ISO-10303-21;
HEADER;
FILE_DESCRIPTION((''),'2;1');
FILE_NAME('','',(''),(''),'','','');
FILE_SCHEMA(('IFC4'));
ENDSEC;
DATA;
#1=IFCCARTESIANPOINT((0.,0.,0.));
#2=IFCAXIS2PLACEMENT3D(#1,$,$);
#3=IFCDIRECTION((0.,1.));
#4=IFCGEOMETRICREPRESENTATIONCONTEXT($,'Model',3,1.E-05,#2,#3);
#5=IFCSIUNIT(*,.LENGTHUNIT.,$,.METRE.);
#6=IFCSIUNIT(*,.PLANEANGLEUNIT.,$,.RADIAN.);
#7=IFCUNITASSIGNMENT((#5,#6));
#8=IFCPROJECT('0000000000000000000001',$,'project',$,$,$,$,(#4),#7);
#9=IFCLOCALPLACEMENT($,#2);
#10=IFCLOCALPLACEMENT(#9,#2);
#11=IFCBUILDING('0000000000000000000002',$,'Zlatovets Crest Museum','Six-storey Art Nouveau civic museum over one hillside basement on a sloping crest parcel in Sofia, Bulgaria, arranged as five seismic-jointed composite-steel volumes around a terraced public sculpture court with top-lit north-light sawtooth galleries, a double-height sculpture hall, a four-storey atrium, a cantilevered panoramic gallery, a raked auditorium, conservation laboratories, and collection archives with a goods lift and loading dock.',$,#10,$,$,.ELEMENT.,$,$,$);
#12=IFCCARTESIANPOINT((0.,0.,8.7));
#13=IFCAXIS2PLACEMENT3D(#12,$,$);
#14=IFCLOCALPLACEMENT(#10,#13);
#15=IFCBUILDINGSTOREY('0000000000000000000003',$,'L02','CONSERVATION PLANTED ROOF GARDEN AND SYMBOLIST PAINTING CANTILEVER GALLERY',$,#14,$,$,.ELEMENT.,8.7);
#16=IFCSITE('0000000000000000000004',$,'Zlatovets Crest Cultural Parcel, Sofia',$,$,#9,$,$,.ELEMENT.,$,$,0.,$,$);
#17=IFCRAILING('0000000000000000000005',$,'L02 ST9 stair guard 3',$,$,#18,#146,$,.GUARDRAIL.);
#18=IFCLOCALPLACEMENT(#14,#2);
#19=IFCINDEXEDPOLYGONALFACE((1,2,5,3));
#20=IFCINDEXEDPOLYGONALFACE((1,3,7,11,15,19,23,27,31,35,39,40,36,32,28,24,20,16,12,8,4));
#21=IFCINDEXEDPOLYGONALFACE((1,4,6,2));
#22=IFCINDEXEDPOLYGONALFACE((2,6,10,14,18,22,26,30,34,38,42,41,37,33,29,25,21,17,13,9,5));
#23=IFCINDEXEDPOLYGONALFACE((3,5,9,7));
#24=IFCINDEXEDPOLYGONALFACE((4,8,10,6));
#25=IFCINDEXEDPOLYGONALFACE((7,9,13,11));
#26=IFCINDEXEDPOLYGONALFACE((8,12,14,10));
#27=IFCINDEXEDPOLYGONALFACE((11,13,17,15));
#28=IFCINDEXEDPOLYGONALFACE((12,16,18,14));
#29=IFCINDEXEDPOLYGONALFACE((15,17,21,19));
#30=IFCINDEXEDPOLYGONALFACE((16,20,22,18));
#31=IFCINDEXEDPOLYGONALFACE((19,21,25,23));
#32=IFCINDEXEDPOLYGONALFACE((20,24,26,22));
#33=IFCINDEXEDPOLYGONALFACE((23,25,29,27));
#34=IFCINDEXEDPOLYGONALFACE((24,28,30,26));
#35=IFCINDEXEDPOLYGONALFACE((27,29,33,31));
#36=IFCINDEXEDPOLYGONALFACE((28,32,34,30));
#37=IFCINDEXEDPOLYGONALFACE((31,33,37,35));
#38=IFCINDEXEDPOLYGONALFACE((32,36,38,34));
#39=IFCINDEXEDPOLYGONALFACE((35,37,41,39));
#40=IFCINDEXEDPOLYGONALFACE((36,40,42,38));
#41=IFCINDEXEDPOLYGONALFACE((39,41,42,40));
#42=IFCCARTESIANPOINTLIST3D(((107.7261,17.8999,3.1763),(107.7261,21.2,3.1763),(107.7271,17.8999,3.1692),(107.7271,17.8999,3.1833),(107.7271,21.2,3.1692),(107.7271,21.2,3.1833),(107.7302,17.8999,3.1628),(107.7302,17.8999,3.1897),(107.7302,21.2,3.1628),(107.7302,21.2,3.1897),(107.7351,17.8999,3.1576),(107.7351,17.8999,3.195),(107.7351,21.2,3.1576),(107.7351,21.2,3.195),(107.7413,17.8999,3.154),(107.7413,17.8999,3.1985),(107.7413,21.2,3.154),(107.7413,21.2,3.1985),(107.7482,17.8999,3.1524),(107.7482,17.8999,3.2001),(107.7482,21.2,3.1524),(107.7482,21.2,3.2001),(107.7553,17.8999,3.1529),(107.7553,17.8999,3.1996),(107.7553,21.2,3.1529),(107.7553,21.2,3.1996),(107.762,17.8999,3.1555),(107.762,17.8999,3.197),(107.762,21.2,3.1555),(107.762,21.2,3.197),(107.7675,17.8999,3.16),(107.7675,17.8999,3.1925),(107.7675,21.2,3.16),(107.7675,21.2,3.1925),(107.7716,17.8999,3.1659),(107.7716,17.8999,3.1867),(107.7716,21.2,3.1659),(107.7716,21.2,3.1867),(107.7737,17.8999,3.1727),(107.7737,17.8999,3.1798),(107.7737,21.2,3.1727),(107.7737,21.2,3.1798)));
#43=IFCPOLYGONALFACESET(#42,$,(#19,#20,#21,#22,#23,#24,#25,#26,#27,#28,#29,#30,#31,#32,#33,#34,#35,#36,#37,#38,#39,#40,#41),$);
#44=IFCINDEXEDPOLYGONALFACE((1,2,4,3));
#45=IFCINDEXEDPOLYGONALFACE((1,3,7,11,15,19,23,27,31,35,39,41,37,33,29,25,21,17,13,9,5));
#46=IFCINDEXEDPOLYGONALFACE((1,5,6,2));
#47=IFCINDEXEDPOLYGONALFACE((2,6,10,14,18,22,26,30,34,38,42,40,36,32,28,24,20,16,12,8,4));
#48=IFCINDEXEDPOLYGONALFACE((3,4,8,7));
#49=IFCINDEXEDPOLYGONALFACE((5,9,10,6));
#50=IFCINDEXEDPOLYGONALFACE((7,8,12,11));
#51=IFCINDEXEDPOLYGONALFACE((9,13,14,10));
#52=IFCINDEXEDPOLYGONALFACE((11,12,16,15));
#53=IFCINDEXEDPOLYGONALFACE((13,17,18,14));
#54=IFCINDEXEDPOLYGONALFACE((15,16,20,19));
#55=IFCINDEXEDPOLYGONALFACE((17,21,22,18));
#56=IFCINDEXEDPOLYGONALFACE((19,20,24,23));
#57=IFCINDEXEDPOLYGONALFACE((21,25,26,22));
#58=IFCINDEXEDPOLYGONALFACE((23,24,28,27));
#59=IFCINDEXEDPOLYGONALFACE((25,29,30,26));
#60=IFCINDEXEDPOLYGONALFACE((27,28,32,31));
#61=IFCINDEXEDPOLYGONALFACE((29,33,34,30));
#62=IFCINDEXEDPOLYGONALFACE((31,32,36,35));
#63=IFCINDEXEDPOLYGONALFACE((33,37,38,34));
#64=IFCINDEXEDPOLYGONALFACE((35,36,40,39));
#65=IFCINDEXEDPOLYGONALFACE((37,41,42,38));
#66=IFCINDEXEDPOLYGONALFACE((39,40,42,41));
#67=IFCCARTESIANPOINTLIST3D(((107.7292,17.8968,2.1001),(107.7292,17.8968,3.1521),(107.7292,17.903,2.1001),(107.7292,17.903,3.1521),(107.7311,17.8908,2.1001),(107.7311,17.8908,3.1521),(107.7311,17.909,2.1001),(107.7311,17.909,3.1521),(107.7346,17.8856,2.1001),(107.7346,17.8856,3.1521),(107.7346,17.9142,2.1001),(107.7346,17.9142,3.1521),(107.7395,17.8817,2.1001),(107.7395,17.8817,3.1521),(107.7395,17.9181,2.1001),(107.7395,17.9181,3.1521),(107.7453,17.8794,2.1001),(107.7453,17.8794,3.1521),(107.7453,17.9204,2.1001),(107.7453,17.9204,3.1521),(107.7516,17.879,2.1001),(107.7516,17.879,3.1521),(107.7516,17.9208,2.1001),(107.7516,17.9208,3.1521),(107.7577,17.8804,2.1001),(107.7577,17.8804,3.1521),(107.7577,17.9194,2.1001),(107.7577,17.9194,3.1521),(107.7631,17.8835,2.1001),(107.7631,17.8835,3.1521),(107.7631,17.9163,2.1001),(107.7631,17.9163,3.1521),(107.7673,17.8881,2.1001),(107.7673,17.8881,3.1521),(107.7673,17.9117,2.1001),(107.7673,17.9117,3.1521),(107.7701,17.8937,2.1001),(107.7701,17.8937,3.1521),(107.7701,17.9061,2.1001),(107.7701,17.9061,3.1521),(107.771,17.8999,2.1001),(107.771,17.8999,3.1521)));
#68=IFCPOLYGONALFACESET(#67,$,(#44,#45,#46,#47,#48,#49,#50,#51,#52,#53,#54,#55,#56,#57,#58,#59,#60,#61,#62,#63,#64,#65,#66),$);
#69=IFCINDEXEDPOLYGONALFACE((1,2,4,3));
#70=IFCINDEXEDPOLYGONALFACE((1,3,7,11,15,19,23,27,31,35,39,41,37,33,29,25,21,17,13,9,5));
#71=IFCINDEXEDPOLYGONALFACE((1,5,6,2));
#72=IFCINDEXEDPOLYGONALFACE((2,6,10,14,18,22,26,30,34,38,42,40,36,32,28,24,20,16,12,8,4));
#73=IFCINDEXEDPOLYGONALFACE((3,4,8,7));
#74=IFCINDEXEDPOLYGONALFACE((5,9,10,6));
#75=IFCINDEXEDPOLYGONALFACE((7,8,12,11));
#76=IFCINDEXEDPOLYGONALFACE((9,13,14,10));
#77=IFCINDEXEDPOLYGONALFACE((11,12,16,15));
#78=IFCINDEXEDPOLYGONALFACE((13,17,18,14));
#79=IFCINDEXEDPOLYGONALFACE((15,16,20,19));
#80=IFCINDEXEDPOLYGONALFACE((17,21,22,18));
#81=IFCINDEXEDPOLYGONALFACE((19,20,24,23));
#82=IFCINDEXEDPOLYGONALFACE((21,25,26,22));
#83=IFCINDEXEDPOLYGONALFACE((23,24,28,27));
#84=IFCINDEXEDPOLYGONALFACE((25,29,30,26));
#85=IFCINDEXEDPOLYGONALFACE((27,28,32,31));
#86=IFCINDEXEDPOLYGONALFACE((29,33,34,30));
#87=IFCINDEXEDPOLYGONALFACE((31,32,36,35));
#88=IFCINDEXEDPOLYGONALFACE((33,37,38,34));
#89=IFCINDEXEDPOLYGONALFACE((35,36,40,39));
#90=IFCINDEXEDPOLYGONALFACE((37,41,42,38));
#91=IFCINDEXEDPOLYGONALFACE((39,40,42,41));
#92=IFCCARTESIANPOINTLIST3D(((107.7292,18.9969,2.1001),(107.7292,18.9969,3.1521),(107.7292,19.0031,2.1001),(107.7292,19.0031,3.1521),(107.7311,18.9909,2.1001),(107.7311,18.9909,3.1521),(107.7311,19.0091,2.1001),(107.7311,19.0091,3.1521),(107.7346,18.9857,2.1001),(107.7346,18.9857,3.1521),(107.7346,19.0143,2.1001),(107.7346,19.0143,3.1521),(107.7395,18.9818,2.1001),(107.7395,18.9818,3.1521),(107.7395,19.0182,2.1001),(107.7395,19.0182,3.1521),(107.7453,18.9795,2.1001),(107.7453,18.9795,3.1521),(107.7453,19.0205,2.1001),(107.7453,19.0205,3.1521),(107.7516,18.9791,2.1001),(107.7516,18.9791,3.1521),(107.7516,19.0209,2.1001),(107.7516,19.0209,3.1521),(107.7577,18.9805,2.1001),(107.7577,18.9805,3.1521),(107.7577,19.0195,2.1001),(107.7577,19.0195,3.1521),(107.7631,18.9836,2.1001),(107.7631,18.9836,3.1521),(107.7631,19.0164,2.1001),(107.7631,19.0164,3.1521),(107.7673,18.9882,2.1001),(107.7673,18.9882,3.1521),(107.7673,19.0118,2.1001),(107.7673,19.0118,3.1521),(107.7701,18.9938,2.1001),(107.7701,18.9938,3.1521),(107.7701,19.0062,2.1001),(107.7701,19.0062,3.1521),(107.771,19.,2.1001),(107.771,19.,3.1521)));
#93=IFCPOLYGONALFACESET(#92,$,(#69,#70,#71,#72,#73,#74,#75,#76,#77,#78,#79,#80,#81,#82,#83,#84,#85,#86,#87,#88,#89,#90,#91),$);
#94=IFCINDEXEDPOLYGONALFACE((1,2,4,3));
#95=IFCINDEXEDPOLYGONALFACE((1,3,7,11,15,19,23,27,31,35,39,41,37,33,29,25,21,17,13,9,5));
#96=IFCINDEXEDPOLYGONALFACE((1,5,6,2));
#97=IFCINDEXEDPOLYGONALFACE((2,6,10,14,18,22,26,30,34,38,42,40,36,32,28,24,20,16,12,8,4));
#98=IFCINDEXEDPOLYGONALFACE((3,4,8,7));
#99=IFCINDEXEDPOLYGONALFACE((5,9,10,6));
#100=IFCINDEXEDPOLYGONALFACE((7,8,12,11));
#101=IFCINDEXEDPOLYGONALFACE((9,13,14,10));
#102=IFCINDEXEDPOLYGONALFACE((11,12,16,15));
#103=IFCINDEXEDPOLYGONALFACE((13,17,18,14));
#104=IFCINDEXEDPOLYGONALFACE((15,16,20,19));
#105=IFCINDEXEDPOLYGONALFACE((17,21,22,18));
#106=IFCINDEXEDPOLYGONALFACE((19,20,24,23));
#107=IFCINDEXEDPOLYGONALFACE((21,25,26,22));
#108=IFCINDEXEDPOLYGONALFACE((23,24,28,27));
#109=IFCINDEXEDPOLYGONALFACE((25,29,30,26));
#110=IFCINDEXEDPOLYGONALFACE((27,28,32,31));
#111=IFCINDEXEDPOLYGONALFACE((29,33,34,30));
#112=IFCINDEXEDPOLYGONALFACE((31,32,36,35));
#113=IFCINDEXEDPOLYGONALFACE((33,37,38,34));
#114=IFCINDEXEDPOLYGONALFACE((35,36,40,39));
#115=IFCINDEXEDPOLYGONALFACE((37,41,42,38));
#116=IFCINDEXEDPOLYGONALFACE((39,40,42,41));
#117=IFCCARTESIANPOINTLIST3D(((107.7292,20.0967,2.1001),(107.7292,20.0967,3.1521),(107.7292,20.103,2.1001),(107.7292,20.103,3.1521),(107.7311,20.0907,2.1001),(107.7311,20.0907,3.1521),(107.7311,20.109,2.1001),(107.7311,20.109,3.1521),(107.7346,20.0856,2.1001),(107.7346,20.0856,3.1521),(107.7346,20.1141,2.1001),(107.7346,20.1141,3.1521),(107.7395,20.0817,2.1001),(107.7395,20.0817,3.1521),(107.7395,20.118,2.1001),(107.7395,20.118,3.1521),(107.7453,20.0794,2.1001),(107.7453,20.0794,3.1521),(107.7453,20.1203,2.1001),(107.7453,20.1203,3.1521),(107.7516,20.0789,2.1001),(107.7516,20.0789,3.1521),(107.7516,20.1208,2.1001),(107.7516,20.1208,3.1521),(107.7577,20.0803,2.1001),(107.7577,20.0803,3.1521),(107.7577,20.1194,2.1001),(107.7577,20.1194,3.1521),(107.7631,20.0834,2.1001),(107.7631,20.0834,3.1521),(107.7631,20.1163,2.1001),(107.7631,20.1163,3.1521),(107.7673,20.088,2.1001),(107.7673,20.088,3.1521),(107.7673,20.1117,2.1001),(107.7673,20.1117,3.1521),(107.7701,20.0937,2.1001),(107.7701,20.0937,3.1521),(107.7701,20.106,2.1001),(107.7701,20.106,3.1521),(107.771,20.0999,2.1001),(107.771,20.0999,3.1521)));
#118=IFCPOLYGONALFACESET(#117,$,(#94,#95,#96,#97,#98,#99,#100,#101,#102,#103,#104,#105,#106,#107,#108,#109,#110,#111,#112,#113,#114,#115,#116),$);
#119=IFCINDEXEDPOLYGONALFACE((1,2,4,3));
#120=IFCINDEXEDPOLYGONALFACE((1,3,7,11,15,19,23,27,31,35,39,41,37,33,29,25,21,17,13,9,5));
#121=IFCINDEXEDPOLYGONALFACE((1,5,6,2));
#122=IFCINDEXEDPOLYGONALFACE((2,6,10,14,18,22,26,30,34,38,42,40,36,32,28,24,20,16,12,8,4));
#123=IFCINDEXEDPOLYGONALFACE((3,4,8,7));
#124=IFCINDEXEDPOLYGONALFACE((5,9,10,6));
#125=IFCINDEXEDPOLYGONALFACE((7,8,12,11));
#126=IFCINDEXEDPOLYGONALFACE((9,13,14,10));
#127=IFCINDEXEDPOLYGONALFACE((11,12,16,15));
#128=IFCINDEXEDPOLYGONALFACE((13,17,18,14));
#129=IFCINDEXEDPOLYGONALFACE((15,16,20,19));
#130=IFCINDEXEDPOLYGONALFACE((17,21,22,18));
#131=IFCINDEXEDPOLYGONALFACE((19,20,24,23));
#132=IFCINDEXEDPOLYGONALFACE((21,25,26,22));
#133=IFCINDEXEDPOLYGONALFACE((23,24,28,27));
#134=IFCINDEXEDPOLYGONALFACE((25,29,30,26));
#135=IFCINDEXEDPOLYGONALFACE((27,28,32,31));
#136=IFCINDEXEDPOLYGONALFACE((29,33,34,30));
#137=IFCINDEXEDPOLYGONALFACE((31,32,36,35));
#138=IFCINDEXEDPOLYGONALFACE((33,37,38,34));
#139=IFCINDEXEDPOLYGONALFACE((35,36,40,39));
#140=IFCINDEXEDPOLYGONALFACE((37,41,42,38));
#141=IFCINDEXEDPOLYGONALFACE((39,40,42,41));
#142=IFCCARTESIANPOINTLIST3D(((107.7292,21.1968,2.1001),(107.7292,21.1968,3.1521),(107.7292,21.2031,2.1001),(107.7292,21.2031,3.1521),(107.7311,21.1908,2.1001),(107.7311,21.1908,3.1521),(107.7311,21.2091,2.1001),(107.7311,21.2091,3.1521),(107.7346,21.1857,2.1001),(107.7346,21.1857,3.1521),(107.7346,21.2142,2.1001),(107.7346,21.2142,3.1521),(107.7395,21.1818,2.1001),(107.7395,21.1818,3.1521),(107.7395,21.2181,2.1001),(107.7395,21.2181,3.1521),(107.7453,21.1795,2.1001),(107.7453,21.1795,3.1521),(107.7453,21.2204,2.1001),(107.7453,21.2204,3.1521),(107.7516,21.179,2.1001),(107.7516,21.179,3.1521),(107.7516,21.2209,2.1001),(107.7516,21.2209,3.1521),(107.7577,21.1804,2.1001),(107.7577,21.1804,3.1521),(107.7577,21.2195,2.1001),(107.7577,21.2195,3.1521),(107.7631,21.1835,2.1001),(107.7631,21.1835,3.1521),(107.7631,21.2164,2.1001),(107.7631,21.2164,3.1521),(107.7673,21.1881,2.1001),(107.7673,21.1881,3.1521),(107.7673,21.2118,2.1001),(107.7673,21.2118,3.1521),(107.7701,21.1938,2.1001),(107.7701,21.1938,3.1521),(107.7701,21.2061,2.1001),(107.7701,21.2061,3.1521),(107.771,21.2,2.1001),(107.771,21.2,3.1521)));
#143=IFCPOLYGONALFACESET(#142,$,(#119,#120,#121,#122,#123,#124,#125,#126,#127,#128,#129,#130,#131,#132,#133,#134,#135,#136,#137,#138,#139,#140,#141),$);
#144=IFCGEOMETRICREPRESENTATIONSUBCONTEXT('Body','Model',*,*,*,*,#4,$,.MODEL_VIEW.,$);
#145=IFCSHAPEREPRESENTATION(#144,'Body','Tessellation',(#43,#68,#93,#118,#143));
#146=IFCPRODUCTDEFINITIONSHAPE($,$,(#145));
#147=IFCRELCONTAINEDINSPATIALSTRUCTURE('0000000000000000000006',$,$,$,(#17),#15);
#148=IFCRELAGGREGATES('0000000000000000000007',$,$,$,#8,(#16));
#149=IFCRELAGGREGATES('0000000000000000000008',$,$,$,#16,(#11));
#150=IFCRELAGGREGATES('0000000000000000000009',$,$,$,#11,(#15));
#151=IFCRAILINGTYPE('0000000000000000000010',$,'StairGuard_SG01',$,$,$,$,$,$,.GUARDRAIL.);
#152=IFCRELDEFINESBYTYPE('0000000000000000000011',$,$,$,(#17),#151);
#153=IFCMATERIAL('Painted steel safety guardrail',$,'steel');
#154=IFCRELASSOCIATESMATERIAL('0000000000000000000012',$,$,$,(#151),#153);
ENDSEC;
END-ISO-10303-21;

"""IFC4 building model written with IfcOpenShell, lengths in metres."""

from ifc_helpers import new_model, si_unit, direction, frame, origin, origin_2d, place, context, subcontext, project, spatial, circle, extrude, material, type_object, element, save


model = new_model("IFC4")

# Units and contexts
model_context = context("Model", 3, precision=1e-05, world=origin(), true_north=direction((0.0, 1.0)))
body_context = subcontext(model_context, "Body", "Model", "MODEL_VIEW")
ifc_project = project(units=[si_unit("LENGTHUNIT", "METRE"), si_unit("PLANEANGLEUNIT", "RADIAN")], contexts=[model_context])

# Site, building, storey
site_placement = place(None, origin())
site = spatial("IfcSite", under=ifc_project, at=site_placement, Name="Zlatovets Crest Cultural Parcel, Sofia", CompositionType="ELEMENT", RefElevation=0.0)
building_placement = place(site_placement, origin())
building = spatial("IfcBuilding", under=site, at=building_placement, Name="Zlatovets Crest Museum", Description="Six-storey Art Nouveau civic museum over one hillside basement on a sloping crest parcel in Sofia, Bulgaria, arranged as five seismic-jointed composite-steel volumes around a terraced public sculpture court with top-lit north-light sawtooth galleries, a double-height sculpture hall, a four-storey atrium, a cantilevered panoramic gallery, a raked auditorium, conservation laboratories, and collection archives with a goods lift and loading dock.", CompositionType="ELEMENT")
storey_placement = place(building_placement, frame((0.0, 0.0, 8.7)))
storey = spatial("IfcBuildingStorey", under=building, at=storey_placement, Name="L02", Description="CONSERVATION PLANTED ROOF GARDEN AND SYMBOLIST PAINTING CANTILEVER GALLERY", CompositionType="ELEMENT", Elevation=8.7)

# Railing
ifc_material_1 = material(Name="Painted steel safety guardrail", Category="steel")
railing_type_1 = type_object("IfcRailingType", Name="StairGuard_SG01", PredefinedType="GUARDRAIL", material=ifc_material_1)
for number, where, name in (
    (1, (107.75, 17.8999, 2.1001), "L02 ST9 stair guard 3"),
):
    element("IfcRailing", number, at=place(storey_placement, frame(where)), inside=storey, type_object=railing_type_1, Name=name, PredefinedType="GUARDRAIL", context=body_context, shape_type="SweptSolid", body=[
        extrude(circle(Radius=0.0239, at=origin_2d()), frame((0.0, 0.0, 1.0762), z_axis=(0.0, 1.0, 0.0), x_axis=(-1.0, 0.0, 0.0)), (0.0, 0.0, 1.0), 3.3),
        extrude(circle(Radius=0.021, at=origin_2d()), origin(), (0.0, 0.0, 1.0), 1.052),
        extrude(circle(Radius=0.021, at=origin_2d()), frame((0.0, 1.1001, 0.0)), (0.0, 0.0, 1.0), 1.052),
        extrude(circle(Radius=0.021, at=origin_2d()), frame((0.0, 2.2, 0.0)), (0.0, 0.0, 1.0), 1.052),
        extrude(circle(Radius=0.021, at=origin_2d()), frame((0.0, 3.3, 0.0)), (0.0, 0.0, 1.0), 1.052),
    ])

save(model, "model.ifc")
